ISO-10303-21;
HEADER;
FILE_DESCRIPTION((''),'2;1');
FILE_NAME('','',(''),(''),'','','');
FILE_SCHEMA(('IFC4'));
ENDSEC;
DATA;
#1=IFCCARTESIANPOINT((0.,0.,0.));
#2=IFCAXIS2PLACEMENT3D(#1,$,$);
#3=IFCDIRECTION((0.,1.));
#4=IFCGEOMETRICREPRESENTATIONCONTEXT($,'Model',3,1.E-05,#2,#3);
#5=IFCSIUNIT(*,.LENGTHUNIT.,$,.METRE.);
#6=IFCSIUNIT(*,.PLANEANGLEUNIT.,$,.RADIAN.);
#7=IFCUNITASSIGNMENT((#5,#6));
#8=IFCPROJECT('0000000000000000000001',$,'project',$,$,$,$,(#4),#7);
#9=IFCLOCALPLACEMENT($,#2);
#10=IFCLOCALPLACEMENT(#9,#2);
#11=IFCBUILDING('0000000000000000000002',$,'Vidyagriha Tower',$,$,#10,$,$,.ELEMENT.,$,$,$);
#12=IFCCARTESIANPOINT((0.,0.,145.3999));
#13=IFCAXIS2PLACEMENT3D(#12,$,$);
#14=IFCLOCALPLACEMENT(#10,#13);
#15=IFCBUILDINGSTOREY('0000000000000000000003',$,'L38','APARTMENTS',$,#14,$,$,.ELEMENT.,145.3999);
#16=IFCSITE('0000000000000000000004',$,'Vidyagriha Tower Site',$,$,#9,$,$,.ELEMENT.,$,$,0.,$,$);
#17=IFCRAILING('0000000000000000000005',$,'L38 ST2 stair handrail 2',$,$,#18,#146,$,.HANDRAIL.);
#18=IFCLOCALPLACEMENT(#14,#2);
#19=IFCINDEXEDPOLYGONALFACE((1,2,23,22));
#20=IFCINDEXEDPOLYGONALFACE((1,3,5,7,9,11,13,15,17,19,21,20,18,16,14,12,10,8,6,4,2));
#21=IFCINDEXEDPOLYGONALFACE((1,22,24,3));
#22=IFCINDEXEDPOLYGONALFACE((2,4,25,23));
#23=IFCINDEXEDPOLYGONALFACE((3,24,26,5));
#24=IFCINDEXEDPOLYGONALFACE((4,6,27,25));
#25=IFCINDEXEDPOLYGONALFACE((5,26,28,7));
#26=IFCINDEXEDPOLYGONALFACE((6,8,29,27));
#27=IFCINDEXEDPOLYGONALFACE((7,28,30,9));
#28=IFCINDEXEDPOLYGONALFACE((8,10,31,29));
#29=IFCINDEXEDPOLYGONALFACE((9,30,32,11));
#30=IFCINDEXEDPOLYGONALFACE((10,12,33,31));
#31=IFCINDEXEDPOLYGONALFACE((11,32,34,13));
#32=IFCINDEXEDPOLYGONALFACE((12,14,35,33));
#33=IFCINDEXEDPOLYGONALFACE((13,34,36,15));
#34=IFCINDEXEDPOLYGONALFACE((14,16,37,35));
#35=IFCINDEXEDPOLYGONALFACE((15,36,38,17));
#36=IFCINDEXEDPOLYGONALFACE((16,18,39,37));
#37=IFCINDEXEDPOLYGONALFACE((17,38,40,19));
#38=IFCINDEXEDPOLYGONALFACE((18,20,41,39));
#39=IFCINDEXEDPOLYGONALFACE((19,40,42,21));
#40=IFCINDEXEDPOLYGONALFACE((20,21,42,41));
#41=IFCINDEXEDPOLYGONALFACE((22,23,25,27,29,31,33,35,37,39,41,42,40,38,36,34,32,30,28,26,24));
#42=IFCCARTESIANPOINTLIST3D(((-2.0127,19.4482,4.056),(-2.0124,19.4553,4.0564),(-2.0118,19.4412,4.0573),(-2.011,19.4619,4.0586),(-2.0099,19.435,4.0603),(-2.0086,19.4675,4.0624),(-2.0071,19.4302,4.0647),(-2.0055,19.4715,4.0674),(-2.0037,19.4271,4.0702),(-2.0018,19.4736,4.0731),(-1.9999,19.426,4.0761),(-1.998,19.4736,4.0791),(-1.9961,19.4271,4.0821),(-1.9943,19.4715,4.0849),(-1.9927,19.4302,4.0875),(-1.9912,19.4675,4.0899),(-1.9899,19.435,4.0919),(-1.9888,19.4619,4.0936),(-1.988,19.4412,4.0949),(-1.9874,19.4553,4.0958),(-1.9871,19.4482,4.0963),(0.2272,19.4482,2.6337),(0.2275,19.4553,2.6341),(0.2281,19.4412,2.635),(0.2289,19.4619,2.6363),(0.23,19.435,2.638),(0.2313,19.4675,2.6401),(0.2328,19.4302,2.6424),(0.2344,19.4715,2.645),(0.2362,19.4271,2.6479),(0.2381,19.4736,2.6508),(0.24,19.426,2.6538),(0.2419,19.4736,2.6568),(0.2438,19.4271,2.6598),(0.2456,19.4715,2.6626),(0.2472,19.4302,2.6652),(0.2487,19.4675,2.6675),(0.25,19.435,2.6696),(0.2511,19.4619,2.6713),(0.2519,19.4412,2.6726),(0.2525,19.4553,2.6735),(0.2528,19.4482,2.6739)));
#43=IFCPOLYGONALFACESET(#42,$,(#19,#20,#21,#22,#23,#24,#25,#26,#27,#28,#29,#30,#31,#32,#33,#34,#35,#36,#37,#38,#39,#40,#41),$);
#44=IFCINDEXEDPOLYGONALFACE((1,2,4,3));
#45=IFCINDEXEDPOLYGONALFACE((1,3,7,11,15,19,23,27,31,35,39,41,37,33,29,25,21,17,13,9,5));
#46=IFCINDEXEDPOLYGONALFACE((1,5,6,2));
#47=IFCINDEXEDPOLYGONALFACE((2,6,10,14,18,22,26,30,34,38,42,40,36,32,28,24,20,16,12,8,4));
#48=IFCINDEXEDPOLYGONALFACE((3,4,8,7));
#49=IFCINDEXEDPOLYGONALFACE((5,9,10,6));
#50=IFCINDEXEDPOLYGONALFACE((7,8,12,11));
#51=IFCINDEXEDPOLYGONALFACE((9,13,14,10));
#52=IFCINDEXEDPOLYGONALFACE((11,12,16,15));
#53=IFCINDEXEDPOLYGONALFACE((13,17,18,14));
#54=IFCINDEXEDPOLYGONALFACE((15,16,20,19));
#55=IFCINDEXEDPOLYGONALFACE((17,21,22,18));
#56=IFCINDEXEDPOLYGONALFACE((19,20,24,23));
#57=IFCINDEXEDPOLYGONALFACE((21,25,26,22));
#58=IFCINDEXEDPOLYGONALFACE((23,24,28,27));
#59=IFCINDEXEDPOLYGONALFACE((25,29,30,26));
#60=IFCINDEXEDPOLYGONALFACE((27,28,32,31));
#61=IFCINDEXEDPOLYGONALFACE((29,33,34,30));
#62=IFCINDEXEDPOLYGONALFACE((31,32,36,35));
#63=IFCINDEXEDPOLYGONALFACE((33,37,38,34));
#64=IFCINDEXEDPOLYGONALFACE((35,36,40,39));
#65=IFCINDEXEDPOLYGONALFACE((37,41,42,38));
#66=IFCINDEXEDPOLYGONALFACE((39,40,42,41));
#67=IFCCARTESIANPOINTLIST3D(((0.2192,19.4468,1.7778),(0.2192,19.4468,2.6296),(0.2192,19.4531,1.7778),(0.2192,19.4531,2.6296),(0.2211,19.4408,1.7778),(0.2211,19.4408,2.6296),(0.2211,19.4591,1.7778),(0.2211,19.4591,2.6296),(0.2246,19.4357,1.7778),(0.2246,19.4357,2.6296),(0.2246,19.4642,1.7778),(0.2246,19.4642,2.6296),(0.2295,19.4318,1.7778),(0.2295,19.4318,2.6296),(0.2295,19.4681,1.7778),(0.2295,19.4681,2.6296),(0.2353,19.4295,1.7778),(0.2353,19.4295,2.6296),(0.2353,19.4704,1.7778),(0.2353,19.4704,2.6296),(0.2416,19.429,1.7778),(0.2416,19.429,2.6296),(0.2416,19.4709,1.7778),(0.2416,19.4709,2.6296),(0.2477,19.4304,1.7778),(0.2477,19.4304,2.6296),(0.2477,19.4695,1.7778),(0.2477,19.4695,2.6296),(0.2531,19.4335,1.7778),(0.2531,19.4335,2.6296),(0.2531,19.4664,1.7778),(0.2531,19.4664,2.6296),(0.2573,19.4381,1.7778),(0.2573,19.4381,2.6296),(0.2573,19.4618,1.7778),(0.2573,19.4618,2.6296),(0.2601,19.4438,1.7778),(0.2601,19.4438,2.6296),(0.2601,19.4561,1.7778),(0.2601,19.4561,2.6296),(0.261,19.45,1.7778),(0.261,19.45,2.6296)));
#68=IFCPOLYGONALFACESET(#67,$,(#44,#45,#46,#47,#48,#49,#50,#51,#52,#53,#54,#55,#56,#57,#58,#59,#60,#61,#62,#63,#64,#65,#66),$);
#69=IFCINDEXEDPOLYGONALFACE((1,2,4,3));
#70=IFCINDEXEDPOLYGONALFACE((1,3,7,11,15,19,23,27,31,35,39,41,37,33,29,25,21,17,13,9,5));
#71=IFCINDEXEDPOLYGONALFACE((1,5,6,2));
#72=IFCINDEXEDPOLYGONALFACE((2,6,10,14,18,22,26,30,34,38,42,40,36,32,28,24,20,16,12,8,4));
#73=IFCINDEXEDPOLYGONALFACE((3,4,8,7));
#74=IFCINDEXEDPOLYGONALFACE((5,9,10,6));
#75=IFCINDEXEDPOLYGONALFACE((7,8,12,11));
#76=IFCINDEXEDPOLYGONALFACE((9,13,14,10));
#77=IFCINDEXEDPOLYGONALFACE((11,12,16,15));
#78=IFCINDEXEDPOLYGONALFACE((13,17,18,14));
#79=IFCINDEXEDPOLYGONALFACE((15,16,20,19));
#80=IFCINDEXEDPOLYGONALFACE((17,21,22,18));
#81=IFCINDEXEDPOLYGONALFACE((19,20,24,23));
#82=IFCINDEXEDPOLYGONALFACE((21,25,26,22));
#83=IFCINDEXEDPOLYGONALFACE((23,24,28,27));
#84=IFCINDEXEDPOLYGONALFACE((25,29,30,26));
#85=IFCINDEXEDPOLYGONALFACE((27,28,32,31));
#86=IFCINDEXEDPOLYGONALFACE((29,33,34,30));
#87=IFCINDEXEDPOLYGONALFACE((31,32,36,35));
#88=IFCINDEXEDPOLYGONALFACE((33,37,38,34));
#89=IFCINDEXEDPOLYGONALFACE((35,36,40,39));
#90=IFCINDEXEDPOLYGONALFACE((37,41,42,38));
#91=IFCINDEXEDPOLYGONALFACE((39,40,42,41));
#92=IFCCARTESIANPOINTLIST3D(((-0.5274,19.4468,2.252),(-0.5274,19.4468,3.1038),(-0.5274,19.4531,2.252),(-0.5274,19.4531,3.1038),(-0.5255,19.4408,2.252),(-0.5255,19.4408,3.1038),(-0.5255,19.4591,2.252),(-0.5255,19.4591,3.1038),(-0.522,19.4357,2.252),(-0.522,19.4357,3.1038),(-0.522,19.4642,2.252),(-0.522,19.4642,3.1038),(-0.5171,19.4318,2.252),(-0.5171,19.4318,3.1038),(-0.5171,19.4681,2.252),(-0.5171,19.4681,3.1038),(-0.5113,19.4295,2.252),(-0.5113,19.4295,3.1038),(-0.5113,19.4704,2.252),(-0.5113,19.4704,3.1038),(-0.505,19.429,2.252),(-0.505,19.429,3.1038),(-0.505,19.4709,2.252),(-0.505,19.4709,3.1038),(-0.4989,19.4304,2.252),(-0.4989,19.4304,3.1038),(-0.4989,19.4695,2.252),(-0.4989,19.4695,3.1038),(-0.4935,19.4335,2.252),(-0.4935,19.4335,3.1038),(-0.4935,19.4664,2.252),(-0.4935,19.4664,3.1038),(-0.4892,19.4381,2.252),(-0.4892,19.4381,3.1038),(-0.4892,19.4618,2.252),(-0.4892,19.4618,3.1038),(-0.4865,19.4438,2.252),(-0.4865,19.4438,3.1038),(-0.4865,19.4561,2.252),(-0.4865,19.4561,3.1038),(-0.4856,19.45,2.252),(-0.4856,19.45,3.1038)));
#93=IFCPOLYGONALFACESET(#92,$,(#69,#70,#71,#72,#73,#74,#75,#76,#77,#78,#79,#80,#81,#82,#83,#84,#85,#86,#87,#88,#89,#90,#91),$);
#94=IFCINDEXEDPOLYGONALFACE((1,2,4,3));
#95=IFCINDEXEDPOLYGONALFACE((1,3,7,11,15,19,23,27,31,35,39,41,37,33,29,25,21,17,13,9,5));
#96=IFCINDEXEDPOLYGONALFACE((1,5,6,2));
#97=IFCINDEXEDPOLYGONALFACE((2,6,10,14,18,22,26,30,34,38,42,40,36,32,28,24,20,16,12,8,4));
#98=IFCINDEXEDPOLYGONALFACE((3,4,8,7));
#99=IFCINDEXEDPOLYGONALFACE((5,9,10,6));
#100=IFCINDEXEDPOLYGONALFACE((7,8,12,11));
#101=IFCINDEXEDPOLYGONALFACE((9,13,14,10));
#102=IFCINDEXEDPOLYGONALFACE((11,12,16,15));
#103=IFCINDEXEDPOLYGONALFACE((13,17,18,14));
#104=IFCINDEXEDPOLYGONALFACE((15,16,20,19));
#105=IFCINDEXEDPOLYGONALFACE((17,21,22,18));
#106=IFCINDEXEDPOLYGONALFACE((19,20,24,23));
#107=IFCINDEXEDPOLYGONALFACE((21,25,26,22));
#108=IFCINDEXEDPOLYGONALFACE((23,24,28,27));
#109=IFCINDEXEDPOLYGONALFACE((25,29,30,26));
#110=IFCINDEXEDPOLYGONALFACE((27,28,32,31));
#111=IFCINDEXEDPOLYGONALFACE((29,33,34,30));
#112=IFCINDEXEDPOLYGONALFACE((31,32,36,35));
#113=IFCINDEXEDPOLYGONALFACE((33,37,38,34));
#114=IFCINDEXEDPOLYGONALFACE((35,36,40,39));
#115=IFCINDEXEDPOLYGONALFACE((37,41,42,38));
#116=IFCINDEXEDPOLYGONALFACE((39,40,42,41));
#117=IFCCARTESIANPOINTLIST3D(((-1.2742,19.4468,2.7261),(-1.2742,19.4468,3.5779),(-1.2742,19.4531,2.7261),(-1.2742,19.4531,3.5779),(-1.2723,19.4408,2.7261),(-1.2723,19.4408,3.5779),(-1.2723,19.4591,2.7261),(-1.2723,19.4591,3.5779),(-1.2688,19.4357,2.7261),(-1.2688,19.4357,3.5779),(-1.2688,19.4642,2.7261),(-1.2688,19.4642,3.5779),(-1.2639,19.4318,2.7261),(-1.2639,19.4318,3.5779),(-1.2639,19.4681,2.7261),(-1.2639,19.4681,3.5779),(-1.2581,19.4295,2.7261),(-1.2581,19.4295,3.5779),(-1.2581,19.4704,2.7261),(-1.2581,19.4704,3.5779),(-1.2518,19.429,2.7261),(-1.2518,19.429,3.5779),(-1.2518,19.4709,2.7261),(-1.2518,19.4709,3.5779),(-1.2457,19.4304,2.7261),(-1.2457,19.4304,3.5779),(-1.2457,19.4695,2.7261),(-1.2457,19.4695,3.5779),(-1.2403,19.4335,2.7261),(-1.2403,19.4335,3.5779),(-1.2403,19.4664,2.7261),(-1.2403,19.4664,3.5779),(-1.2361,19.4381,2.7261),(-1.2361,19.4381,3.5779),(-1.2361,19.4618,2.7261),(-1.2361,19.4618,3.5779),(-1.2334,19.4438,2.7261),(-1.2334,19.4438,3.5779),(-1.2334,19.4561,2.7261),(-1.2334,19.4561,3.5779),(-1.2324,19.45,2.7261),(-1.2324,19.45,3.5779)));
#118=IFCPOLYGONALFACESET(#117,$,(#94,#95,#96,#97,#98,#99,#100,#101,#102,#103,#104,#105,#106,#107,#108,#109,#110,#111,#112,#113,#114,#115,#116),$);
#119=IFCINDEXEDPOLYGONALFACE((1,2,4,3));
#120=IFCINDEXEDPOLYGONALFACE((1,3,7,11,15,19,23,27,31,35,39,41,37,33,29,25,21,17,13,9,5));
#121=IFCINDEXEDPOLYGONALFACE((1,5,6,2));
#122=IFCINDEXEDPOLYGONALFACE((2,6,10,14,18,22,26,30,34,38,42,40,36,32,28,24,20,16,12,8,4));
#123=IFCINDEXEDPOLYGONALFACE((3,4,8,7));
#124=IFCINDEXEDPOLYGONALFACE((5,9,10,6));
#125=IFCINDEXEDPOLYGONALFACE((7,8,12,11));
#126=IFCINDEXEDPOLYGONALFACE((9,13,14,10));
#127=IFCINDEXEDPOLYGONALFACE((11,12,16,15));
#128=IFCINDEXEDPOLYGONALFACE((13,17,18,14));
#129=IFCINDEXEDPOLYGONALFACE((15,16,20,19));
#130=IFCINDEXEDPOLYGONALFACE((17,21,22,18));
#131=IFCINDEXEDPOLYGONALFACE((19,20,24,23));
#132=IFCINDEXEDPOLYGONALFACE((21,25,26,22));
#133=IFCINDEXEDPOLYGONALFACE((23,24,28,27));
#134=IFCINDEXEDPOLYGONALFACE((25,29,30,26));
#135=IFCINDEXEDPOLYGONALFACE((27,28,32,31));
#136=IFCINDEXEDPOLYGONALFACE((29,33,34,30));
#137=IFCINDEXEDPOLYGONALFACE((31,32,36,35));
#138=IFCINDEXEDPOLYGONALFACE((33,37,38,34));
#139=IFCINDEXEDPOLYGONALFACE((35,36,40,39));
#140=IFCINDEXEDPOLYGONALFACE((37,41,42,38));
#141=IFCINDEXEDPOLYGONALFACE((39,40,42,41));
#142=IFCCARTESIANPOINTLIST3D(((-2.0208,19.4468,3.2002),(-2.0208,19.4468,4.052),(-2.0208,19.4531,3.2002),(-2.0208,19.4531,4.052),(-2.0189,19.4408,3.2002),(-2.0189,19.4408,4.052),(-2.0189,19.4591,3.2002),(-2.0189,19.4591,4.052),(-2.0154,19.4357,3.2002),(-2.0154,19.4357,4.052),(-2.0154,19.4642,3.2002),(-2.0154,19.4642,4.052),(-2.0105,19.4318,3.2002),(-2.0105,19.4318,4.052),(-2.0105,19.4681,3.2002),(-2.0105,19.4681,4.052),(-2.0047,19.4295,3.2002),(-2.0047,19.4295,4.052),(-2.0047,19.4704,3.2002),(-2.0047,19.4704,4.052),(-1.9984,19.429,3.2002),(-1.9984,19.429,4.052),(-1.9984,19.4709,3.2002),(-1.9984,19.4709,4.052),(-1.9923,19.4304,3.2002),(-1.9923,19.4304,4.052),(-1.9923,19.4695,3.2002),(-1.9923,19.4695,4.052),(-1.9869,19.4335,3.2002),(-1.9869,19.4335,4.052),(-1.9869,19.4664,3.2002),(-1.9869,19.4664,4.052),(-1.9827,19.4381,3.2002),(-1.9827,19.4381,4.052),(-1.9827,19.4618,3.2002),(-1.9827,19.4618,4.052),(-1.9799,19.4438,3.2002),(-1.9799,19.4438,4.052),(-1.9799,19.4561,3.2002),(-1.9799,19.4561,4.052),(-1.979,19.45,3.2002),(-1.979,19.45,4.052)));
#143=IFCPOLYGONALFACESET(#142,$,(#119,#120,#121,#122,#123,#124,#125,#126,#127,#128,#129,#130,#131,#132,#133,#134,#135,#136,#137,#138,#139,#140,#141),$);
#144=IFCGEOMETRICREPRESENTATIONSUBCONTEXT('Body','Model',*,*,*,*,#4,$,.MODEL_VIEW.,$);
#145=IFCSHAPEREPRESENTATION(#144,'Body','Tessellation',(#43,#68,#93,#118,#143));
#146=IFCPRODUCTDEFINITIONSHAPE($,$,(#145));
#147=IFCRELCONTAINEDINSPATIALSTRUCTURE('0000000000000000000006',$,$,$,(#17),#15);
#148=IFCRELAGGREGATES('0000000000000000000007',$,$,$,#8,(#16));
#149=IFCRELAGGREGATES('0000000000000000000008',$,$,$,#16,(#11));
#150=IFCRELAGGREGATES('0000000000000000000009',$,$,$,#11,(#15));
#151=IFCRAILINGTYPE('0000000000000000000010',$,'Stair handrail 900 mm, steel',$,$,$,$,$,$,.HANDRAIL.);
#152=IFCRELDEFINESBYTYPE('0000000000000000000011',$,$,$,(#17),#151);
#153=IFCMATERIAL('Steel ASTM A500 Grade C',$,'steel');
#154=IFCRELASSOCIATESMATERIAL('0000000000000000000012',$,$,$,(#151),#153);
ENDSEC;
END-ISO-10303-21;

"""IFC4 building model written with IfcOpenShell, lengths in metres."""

from ifc_helpers import new_model, si_unit, direction, frame, origin, origin_2d, place, context, subcontext, project, spatial, circle, extrude, material, type_object, element, save


model = new_model("IFC4")

# Units and contexts
model_context = context("Model", 3, precision=1e-05, world=origin(), true_north=direction((0.0, 1.0)))
body_context = subcontext(model_context, "Body", "Model", "MODEL_VIEW")
ifc_project = project(units=[si_unit("LENGTHUNIT", "METRE"), si_unit("PLANEANGLEUNIT", "RADIAN")], contexts=[model_context])

# Site, building, storey
site_placement = place(None, origin())
site = spatial("IfcSite", under=ifc_project, at=site_placement, Name="Vidyagriha Tower Site", CompositionType="ELEMENT", RefElevation=0.0)
building_placement = place(site_placement, origin())
building = spatial("IfcBuilding", under=site, at=building_placement, Name="Vidyagriha Tower", CompositionType="ELEMENT")
storey_placement = place(building_placement, frame((0.0, 0.0, 145.3999)))
storey = spatial("IfcBuildingStorey", under=building, at=storey_placement, Name="L38", Description="APARTMENTS", CompositionType="ELEMENT", Elevation=145.3999)

# Railing
ifc_material_1 = material(Name="Steel ASTM A500 Grade C", Category="steel")
railing_type_1 = type_object("IfcRailingType", Name="Stair handrail 900 mm, steel", PredefinedType="HANDRAIL", material=ifc_material_1)
railing_1_placement = place(storey_placement, frame((0.24, 19.45, 1.7778)))
element("IfcRailing", 1, at=railing_1_placement, inside=storey, type_object=railing_type_1, Name="L38 ST2 stair handrail 2", PredefinedType="HANDRAIL", context=body_context, shape_type="SweptSolid", body=[
    extrude(circle(Radius=0.0239, at=origin_2d()), frame((0.0, 0.0, 0.876), z_axis=(-0.844188, 0.0, 0.536048), x_axis=(0.0, -1.0, 0.0)), (0.0, 0.0, 1.0), 2.6533),
    extrude(circle(Radius=0.021, at=origin_2d()), origin(), (0.0, 0.0, 1.0), 0.8518),
    extrude(circle(Radius=0.021, at=origin_2d()), frame((-0.7466, 0.0, 0.4741)), (0.0, 0.0, 1.0), 0.8518),
    extrude(circle(Radius=0.021, at=origin_2d()), frame((-1.4934, 0.0, 0.9482)), (0.0, 0.0, 1.0), 0.8518),
    extrude(circle(Radius=0.021, at=origin_2d()), frame((-2.24, 0.0, 1.4224)), (0.0, 0.0, 1.0), 0.8518),
])

save(model, "model.ifc")
